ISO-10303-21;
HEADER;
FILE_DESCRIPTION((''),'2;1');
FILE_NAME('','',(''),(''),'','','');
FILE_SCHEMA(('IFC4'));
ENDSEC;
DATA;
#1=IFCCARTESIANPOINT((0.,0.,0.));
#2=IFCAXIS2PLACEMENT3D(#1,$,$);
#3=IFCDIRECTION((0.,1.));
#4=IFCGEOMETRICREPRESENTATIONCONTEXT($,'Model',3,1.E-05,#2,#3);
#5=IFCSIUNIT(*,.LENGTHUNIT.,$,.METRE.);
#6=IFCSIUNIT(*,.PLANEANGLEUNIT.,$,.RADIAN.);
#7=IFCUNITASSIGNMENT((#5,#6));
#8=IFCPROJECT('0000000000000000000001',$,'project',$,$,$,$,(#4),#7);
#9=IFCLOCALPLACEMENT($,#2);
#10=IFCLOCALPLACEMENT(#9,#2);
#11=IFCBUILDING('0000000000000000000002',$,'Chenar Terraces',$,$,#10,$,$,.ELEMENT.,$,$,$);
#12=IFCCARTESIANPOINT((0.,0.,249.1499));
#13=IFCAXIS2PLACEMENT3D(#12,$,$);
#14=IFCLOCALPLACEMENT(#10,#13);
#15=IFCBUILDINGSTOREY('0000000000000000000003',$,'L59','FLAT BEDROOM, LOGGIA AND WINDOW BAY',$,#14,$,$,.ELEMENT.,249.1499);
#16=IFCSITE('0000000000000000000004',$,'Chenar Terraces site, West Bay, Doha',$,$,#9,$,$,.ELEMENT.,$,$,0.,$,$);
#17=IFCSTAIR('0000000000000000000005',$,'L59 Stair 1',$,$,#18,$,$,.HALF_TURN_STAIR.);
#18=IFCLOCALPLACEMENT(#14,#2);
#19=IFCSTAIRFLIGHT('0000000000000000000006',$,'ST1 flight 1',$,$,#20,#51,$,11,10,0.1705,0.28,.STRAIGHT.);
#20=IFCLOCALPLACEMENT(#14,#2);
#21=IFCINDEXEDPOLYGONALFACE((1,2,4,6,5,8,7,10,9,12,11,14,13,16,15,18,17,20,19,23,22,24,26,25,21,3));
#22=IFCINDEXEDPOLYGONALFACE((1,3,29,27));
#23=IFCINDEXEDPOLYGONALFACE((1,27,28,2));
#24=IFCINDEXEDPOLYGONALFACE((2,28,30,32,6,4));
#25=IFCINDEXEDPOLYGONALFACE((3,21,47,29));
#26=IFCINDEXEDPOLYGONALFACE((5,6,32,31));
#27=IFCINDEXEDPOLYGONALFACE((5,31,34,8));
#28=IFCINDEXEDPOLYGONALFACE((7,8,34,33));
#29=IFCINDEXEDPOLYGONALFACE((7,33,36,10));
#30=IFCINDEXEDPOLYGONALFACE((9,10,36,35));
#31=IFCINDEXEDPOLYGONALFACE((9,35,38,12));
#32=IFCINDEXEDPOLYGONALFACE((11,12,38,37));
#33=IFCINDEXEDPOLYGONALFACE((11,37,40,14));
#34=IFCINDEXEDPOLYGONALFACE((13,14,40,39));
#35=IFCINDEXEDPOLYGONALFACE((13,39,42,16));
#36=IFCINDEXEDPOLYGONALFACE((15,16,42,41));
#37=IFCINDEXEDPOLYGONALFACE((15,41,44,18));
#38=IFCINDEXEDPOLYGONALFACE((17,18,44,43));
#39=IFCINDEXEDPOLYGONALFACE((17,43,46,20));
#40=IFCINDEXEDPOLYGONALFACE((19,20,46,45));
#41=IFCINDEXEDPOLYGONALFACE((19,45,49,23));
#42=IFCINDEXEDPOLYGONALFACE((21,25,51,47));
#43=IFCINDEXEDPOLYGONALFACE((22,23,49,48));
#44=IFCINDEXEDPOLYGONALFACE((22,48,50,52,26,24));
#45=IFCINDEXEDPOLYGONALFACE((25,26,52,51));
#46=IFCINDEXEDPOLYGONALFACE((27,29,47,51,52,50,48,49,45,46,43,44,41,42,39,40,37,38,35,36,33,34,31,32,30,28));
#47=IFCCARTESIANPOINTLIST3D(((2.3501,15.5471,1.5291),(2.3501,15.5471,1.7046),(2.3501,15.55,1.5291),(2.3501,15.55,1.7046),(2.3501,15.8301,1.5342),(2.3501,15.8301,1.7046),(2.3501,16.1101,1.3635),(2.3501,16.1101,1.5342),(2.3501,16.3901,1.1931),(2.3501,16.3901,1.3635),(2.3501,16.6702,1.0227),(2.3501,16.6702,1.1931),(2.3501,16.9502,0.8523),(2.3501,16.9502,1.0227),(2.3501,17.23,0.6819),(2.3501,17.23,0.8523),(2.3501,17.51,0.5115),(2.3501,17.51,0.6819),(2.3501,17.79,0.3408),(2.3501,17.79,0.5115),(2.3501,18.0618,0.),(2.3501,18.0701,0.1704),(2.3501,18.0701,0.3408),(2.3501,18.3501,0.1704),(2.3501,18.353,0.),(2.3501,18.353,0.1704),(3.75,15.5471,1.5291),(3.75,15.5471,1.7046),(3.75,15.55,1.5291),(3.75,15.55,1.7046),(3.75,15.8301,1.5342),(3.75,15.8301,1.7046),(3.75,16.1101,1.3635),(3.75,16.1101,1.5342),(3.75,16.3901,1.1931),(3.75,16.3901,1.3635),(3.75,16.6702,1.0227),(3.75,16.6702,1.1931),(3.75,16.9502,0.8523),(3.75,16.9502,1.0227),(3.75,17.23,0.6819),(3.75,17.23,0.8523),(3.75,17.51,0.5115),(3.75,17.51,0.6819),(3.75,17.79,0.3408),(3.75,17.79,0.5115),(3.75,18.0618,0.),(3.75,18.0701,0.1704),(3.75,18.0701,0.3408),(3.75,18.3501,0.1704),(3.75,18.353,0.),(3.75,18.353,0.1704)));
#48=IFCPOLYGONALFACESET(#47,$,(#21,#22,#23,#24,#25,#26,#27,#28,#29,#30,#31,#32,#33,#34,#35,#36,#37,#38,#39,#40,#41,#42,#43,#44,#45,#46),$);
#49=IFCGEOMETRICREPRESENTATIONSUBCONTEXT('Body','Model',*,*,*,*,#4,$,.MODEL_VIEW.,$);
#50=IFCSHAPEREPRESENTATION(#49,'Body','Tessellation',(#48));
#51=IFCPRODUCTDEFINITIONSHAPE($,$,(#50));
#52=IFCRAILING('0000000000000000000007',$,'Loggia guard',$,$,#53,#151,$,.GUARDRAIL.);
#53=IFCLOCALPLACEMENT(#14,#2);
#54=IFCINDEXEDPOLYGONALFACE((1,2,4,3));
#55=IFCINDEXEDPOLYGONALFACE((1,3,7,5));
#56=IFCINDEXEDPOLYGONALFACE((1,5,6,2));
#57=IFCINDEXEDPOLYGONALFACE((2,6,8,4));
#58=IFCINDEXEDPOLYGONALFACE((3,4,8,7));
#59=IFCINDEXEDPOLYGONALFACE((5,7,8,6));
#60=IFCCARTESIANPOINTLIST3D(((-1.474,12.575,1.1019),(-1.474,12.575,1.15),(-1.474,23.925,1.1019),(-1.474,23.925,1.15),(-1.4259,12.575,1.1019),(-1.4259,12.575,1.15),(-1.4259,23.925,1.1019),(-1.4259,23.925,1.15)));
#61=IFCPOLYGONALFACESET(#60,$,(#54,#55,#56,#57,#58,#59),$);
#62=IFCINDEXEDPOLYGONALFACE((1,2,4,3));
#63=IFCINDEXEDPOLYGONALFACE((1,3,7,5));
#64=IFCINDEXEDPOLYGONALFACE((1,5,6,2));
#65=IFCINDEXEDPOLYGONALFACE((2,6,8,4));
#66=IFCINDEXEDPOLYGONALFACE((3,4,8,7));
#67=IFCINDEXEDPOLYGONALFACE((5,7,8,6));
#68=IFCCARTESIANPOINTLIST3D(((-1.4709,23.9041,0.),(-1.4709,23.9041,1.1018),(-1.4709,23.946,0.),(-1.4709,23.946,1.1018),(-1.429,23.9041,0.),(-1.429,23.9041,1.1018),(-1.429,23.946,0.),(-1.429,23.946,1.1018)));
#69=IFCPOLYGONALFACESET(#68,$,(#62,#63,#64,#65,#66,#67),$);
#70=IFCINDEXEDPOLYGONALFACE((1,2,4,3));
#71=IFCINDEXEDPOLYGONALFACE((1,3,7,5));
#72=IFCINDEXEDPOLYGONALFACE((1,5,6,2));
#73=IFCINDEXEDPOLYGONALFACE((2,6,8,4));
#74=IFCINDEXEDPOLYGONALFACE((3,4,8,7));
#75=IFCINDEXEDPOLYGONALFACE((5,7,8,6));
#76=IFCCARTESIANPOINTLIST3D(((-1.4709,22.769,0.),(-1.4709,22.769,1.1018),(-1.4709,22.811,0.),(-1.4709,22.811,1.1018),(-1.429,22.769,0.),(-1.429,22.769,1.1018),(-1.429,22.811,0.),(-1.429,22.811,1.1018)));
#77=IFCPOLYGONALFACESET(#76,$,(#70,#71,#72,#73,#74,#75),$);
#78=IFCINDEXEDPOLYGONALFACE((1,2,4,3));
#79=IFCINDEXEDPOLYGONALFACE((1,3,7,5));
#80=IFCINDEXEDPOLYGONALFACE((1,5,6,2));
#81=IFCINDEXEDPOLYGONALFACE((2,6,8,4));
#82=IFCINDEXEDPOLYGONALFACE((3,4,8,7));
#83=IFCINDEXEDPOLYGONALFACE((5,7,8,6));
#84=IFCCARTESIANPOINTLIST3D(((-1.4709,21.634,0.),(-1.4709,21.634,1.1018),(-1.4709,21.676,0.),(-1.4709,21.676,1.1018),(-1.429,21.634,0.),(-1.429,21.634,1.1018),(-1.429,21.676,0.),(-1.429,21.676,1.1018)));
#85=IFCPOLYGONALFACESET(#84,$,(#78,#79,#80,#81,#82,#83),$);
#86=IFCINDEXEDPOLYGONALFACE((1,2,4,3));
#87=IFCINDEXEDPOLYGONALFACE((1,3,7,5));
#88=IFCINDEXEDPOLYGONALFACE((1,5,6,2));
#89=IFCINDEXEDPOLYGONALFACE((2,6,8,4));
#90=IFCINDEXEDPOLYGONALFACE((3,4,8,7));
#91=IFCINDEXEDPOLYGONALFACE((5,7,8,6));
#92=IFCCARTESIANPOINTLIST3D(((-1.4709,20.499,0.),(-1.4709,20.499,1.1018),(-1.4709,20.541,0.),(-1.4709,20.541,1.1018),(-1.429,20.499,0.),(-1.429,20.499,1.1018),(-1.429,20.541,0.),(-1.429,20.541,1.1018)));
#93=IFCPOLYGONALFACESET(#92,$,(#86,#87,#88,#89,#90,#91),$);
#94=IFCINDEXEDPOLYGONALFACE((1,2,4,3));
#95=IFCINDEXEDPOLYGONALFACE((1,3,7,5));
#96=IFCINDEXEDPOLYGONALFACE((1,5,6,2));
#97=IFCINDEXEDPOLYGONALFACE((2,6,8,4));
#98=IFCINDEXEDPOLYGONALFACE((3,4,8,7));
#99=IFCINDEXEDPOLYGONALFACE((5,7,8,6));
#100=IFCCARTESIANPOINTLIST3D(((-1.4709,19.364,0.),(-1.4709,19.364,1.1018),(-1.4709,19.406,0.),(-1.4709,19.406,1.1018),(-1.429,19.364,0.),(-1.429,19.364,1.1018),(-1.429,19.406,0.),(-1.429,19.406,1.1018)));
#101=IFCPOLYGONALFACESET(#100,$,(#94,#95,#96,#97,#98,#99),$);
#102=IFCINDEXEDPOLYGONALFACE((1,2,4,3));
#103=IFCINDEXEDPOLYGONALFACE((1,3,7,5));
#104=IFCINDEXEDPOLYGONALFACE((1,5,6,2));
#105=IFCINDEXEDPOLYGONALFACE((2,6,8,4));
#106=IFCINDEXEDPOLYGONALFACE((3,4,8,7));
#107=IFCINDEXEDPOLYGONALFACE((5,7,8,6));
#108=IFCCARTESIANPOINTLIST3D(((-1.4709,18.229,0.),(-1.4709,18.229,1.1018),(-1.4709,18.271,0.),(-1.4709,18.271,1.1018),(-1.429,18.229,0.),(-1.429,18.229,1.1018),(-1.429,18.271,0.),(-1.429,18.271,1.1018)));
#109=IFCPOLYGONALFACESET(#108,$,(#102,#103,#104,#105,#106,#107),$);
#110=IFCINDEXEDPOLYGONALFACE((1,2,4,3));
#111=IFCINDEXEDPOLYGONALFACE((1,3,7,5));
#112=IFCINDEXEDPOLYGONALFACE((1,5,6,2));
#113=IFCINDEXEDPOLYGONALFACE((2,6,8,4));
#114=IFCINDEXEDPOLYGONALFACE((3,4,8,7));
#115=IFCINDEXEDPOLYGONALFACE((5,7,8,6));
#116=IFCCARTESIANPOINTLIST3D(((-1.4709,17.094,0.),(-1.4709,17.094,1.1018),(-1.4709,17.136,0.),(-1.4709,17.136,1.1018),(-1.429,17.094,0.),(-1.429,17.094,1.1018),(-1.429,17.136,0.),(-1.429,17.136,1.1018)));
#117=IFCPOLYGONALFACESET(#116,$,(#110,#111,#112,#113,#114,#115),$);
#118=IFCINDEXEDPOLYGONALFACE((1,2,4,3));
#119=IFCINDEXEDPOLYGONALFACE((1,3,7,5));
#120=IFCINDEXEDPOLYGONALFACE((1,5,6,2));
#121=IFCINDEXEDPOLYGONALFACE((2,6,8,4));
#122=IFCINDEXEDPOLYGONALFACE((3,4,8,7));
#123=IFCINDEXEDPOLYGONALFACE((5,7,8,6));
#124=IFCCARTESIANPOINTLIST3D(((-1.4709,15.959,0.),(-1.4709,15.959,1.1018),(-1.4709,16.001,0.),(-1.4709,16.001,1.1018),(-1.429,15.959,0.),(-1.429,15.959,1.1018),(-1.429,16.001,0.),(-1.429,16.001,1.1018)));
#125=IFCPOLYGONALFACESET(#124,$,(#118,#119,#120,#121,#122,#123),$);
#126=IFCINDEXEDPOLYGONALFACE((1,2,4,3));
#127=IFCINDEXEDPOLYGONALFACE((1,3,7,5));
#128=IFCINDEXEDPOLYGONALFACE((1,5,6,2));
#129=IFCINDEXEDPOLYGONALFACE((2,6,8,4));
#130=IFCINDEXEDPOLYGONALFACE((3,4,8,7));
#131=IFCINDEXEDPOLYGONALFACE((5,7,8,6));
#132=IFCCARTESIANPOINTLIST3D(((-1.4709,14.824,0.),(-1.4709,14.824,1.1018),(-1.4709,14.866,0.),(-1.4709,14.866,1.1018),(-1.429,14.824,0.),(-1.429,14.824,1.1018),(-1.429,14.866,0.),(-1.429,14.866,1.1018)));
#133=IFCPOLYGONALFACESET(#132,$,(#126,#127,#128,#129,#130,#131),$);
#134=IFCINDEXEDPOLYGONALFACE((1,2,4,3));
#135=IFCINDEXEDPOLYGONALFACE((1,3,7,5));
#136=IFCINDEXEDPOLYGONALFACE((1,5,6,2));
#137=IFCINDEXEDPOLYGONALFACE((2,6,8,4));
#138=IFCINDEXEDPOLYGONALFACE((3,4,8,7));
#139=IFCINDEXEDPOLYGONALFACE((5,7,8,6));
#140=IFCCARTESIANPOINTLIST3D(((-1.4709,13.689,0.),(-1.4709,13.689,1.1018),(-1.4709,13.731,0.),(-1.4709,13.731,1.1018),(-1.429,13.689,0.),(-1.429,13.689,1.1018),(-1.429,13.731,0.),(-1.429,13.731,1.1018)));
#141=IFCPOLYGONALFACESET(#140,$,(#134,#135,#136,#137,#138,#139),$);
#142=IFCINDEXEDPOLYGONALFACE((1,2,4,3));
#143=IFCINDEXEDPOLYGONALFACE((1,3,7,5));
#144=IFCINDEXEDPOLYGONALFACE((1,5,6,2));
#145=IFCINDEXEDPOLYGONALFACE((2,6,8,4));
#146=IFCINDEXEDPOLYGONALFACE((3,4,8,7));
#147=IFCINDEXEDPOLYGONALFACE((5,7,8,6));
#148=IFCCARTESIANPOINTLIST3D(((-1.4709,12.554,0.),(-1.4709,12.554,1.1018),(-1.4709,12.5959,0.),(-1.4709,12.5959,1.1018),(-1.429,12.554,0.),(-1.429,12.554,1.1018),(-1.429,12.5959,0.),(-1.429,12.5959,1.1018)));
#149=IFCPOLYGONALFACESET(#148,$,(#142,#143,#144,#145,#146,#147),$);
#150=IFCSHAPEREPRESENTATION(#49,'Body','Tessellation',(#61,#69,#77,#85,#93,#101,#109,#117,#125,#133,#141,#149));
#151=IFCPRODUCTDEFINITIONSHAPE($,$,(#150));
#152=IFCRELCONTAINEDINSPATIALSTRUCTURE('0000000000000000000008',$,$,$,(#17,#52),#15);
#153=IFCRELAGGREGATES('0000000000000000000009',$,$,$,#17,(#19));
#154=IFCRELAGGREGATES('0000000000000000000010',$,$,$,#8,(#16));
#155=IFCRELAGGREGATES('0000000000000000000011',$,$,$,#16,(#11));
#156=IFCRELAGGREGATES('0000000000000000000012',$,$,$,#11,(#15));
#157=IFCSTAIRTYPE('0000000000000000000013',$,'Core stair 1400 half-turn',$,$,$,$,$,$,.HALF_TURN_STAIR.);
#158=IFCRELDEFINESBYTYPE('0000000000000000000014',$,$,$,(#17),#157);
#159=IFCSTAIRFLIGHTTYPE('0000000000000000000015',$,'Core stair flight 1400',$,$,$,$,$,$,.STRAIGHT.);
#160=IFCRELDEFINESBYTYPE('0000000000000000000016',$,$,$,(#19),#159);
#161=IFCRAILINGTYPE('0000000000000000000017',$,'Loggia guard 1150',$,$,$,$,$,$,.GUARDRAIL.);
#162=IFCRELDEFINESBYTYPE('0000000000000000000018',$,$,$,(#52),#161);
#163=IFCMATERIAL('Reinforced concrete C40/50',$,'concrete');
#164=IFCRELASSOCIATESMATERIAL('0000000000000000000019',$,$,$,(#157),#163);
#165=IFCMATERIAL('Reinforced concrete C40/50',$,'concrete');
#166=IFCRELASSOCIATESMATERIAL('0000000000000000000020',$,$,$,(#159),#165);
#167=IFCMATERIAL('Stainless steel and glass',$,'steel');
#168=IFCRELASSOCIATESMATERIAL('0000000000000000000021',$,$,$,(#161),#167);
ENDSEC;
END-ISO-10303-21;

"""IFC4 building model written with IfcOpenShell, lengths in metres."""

from ifc_helpers import new_model, si_unit, direction, frame, origin, origin_2d, place, context, subcontext, project, spatial, polyline, rectangle, outline, extrude, material, type_object, element, aggregate, save


model = new_model("IFC4")

# Units and contexts
model_context = context("Model", 3, precision=1e-05, world=origin(), true_north=direction((0.0, 1.0)))
body_context = subcontext(model_context, "Body", "Model", "MODEL_VIEW")
ifc_project = project(units=[si_unit("LENGTHUNIT", "METRE"), si_unit("PLANEANGLEUNIT", "RADIAN")], contexts=[model_context])

# Site, building, storey
site_placement = place(None, origin())
site = spatial("IfcSite", under=ifc_project, at=site_placement, Name="Chenar Terraces site, West Bay, Doha", CompositionType="ELEMENT", RefElevation=0.0)
building_placement = place(site_placement, origin())
building = spatial("IfcBuilding", under=site, at=building_placement, Name="Chenar Terraces", CompositionType="ELEMENT")
storey_placement = place(building_placement, frame((0.0, 0.0, 249.1499)))
storey = spatial("IfcBuildingStorey", under=building, at=storey_placement, Name="L59", Description="FLAT BEDROOM, LOGGIA AND WINDOW BAY", CompositionType="ELEMENT", Elevation=249.1499)

# Stair, stair flight
ifc_material_1 = material(Name="Reinforced concrete C40/50", Category="concrete")
stair_type = type_object("IfcStairType", Name="Core stair 1400 half-turn", PredefinedType="HALF_TURN_STAIR", material=ifc_material_1)
stair_placement = place(storey_placement, origin())
stair = element("IfcStair", 1, at=stair_placement, inside=storey, type_object=stair_type, Name="L59 Stair 1", PredefinedType="HALF_TURN_STAIR")
ifc_material_2 = material(Name="Reinforced concrete C40/50", Category="concrete")
stair_flight_type = type_object("IfcStairFlightType", Name="Core stair flight 1400", PredefinedType="STRAIGHT", material=ifc_material_2)
stair_flight_placement = place(storey_placement, frame((3.05, 18.3501, 0.0), z_axis=(0.0, 0.0, 1.0), x_axis=(0.0, -1.0, 0.0)))
stair_flight = element("IfcStairFlight", 2, at=stair_flight_placement, type_object=stair_flight_type, Name="ST1 flight 1", NumberOfRisers=11, NumberOfTreads=10, PredefinedType="STRAIGHT", RiserHeight=0.1705, TreadLength=0.28, context=body_context, shape_type="SweptSolid", body=[
    extrude(outline(polyline([(-0.0029, 0.0), (-0.0029, 0.1704), (0.0, 0.1704), (0.28, 0.1704), (0.28, 0.3408), (0.5601, 0.3408), (0.5601, 0.5115), (0.8401, 0.5115), (0.8401, 0.6819), (1.1201, 0.6819), (1.1201, 0.8523), (1.3999, 0.8523), (1.3999, 1.0227), (1.6799, 1.0227), (1.6799, 1.1931), (1.96, 1.1931), (1.96, 1.3635), (2.24, 1.3635), (2.24, 1.5342), (2.52, 1.5342), (2.52, 1.7046), (2.8, 1.7046), (2.803, 1.7046), (2.803, 1.5291), (2.8, 1.5291), (0.2883, 0.0), (-0.0029, 0.0)])), frame((0.0, 0.7, 0.0), z_axis=(0.0, -1.0, 0.0), x_axis=(1.0, 0.0, 0.0)), (0.0, 0.0, 1.0), 1.3999),
])
aggregate(stair, [stair_flight])

# Railing
ifc_material_3 = material(Name="Stainless steel and glass", Category="steel")
railing_type_1 = type_object("IfcRailingType", Name="Loggia guard 1150", PredefinedType="GUARDRAIL", material=ifc_material_3)
railing_1_placement = place(storey_placement, frame((-1.45, 23.925, 0.0)))
element("IfcRailing", 3, at=railing_1_placement, inside=storey, type_object=railing_type_1, Name="Loggia guard", PredefinedType="GUARDRAIL", context=body_context, shape_type="SweptSolid", body=[
    extrude(rectangle(XDim=0.0481, YDim=0.0481, at=origin_2d()), frame((0.0, 0.0, 1.126), z_axis=(0.0, -1.0, 0.0), x_axis=(1.0, 0.0, 0.0)), (0.0, 0.0, 1.0), 11.3501),
    extrude(rectangle(XDim=0.042, YDim=0.042, at=origin_2d()), origin(), (0.0, 0.0, 1.0), 1.1018),
    extrude(rectangle(XDim=0.042, YDim=0.042, at=origin_2d()), frame((0.0, -1.135, 0.0)), (0.0, 0.0, 1.0), 1.1018),
    extrude(rectangle(XDim=0.042, YDim=0.042, at=origin_2d()), frame((0.0, -2.27, 0.0)), (0.0, 0.0, 1.0), 1.1018),
    extrude(rectangle(XDim=0.042, YDim=0.042, at=origin_2d()), frame((0.0, -3.405, 0.0)), (0.0, 0.0, 1.0), 1.1018),
    extrude(rectangle(XDim=0.042, YDim=0.042, at=origin_2d()), frame((0.0, -4.54, 0.0)), (0.0, 0.0, 1.0), 1.1018),
    extrude(rectangle(XDim=0.042, YDim=0.042, at=origin_2d()), frame((0.0, -5.675, 0.0)), (0.0, 0.0, 1.0), 1.1018),
    extrude(rectangle(XDim=0.042, YDim=0.042, at=origin_2d()), frame((0.0, -6.8101, 0.0)), (0.0, 0.0, 1.0), 1.1018),
    extrude(rectangle(XDim=0.042, YDim=0.042, at=origin_2d()), frame((0.0, -7.9451, 0.0)), (0.0, 0.0, 1.0), 1.1018),
    extrude(rectangle(XDim=0.042, YDim=0.042, at=origin_2d()), frame((0.0, -9.0801, 0.0)), (0.0, 0.0, 1.0), 1.1018),
    extrude(rectangle(XDim=0.042, YDim=0.042, at=origin_2d()), frame((0.0, -10.2151, 0.0)), (0.0, 0.0, 1.0), 1.1018),
    extrude(rectangle(XDim=0.042, YDim=0.042, at=origin_2d()), frame((0.0, -11.3501, 0.0)), (0.0, 0.0, 1.0), 1.1018),
])

save(model, "model.ifc")
